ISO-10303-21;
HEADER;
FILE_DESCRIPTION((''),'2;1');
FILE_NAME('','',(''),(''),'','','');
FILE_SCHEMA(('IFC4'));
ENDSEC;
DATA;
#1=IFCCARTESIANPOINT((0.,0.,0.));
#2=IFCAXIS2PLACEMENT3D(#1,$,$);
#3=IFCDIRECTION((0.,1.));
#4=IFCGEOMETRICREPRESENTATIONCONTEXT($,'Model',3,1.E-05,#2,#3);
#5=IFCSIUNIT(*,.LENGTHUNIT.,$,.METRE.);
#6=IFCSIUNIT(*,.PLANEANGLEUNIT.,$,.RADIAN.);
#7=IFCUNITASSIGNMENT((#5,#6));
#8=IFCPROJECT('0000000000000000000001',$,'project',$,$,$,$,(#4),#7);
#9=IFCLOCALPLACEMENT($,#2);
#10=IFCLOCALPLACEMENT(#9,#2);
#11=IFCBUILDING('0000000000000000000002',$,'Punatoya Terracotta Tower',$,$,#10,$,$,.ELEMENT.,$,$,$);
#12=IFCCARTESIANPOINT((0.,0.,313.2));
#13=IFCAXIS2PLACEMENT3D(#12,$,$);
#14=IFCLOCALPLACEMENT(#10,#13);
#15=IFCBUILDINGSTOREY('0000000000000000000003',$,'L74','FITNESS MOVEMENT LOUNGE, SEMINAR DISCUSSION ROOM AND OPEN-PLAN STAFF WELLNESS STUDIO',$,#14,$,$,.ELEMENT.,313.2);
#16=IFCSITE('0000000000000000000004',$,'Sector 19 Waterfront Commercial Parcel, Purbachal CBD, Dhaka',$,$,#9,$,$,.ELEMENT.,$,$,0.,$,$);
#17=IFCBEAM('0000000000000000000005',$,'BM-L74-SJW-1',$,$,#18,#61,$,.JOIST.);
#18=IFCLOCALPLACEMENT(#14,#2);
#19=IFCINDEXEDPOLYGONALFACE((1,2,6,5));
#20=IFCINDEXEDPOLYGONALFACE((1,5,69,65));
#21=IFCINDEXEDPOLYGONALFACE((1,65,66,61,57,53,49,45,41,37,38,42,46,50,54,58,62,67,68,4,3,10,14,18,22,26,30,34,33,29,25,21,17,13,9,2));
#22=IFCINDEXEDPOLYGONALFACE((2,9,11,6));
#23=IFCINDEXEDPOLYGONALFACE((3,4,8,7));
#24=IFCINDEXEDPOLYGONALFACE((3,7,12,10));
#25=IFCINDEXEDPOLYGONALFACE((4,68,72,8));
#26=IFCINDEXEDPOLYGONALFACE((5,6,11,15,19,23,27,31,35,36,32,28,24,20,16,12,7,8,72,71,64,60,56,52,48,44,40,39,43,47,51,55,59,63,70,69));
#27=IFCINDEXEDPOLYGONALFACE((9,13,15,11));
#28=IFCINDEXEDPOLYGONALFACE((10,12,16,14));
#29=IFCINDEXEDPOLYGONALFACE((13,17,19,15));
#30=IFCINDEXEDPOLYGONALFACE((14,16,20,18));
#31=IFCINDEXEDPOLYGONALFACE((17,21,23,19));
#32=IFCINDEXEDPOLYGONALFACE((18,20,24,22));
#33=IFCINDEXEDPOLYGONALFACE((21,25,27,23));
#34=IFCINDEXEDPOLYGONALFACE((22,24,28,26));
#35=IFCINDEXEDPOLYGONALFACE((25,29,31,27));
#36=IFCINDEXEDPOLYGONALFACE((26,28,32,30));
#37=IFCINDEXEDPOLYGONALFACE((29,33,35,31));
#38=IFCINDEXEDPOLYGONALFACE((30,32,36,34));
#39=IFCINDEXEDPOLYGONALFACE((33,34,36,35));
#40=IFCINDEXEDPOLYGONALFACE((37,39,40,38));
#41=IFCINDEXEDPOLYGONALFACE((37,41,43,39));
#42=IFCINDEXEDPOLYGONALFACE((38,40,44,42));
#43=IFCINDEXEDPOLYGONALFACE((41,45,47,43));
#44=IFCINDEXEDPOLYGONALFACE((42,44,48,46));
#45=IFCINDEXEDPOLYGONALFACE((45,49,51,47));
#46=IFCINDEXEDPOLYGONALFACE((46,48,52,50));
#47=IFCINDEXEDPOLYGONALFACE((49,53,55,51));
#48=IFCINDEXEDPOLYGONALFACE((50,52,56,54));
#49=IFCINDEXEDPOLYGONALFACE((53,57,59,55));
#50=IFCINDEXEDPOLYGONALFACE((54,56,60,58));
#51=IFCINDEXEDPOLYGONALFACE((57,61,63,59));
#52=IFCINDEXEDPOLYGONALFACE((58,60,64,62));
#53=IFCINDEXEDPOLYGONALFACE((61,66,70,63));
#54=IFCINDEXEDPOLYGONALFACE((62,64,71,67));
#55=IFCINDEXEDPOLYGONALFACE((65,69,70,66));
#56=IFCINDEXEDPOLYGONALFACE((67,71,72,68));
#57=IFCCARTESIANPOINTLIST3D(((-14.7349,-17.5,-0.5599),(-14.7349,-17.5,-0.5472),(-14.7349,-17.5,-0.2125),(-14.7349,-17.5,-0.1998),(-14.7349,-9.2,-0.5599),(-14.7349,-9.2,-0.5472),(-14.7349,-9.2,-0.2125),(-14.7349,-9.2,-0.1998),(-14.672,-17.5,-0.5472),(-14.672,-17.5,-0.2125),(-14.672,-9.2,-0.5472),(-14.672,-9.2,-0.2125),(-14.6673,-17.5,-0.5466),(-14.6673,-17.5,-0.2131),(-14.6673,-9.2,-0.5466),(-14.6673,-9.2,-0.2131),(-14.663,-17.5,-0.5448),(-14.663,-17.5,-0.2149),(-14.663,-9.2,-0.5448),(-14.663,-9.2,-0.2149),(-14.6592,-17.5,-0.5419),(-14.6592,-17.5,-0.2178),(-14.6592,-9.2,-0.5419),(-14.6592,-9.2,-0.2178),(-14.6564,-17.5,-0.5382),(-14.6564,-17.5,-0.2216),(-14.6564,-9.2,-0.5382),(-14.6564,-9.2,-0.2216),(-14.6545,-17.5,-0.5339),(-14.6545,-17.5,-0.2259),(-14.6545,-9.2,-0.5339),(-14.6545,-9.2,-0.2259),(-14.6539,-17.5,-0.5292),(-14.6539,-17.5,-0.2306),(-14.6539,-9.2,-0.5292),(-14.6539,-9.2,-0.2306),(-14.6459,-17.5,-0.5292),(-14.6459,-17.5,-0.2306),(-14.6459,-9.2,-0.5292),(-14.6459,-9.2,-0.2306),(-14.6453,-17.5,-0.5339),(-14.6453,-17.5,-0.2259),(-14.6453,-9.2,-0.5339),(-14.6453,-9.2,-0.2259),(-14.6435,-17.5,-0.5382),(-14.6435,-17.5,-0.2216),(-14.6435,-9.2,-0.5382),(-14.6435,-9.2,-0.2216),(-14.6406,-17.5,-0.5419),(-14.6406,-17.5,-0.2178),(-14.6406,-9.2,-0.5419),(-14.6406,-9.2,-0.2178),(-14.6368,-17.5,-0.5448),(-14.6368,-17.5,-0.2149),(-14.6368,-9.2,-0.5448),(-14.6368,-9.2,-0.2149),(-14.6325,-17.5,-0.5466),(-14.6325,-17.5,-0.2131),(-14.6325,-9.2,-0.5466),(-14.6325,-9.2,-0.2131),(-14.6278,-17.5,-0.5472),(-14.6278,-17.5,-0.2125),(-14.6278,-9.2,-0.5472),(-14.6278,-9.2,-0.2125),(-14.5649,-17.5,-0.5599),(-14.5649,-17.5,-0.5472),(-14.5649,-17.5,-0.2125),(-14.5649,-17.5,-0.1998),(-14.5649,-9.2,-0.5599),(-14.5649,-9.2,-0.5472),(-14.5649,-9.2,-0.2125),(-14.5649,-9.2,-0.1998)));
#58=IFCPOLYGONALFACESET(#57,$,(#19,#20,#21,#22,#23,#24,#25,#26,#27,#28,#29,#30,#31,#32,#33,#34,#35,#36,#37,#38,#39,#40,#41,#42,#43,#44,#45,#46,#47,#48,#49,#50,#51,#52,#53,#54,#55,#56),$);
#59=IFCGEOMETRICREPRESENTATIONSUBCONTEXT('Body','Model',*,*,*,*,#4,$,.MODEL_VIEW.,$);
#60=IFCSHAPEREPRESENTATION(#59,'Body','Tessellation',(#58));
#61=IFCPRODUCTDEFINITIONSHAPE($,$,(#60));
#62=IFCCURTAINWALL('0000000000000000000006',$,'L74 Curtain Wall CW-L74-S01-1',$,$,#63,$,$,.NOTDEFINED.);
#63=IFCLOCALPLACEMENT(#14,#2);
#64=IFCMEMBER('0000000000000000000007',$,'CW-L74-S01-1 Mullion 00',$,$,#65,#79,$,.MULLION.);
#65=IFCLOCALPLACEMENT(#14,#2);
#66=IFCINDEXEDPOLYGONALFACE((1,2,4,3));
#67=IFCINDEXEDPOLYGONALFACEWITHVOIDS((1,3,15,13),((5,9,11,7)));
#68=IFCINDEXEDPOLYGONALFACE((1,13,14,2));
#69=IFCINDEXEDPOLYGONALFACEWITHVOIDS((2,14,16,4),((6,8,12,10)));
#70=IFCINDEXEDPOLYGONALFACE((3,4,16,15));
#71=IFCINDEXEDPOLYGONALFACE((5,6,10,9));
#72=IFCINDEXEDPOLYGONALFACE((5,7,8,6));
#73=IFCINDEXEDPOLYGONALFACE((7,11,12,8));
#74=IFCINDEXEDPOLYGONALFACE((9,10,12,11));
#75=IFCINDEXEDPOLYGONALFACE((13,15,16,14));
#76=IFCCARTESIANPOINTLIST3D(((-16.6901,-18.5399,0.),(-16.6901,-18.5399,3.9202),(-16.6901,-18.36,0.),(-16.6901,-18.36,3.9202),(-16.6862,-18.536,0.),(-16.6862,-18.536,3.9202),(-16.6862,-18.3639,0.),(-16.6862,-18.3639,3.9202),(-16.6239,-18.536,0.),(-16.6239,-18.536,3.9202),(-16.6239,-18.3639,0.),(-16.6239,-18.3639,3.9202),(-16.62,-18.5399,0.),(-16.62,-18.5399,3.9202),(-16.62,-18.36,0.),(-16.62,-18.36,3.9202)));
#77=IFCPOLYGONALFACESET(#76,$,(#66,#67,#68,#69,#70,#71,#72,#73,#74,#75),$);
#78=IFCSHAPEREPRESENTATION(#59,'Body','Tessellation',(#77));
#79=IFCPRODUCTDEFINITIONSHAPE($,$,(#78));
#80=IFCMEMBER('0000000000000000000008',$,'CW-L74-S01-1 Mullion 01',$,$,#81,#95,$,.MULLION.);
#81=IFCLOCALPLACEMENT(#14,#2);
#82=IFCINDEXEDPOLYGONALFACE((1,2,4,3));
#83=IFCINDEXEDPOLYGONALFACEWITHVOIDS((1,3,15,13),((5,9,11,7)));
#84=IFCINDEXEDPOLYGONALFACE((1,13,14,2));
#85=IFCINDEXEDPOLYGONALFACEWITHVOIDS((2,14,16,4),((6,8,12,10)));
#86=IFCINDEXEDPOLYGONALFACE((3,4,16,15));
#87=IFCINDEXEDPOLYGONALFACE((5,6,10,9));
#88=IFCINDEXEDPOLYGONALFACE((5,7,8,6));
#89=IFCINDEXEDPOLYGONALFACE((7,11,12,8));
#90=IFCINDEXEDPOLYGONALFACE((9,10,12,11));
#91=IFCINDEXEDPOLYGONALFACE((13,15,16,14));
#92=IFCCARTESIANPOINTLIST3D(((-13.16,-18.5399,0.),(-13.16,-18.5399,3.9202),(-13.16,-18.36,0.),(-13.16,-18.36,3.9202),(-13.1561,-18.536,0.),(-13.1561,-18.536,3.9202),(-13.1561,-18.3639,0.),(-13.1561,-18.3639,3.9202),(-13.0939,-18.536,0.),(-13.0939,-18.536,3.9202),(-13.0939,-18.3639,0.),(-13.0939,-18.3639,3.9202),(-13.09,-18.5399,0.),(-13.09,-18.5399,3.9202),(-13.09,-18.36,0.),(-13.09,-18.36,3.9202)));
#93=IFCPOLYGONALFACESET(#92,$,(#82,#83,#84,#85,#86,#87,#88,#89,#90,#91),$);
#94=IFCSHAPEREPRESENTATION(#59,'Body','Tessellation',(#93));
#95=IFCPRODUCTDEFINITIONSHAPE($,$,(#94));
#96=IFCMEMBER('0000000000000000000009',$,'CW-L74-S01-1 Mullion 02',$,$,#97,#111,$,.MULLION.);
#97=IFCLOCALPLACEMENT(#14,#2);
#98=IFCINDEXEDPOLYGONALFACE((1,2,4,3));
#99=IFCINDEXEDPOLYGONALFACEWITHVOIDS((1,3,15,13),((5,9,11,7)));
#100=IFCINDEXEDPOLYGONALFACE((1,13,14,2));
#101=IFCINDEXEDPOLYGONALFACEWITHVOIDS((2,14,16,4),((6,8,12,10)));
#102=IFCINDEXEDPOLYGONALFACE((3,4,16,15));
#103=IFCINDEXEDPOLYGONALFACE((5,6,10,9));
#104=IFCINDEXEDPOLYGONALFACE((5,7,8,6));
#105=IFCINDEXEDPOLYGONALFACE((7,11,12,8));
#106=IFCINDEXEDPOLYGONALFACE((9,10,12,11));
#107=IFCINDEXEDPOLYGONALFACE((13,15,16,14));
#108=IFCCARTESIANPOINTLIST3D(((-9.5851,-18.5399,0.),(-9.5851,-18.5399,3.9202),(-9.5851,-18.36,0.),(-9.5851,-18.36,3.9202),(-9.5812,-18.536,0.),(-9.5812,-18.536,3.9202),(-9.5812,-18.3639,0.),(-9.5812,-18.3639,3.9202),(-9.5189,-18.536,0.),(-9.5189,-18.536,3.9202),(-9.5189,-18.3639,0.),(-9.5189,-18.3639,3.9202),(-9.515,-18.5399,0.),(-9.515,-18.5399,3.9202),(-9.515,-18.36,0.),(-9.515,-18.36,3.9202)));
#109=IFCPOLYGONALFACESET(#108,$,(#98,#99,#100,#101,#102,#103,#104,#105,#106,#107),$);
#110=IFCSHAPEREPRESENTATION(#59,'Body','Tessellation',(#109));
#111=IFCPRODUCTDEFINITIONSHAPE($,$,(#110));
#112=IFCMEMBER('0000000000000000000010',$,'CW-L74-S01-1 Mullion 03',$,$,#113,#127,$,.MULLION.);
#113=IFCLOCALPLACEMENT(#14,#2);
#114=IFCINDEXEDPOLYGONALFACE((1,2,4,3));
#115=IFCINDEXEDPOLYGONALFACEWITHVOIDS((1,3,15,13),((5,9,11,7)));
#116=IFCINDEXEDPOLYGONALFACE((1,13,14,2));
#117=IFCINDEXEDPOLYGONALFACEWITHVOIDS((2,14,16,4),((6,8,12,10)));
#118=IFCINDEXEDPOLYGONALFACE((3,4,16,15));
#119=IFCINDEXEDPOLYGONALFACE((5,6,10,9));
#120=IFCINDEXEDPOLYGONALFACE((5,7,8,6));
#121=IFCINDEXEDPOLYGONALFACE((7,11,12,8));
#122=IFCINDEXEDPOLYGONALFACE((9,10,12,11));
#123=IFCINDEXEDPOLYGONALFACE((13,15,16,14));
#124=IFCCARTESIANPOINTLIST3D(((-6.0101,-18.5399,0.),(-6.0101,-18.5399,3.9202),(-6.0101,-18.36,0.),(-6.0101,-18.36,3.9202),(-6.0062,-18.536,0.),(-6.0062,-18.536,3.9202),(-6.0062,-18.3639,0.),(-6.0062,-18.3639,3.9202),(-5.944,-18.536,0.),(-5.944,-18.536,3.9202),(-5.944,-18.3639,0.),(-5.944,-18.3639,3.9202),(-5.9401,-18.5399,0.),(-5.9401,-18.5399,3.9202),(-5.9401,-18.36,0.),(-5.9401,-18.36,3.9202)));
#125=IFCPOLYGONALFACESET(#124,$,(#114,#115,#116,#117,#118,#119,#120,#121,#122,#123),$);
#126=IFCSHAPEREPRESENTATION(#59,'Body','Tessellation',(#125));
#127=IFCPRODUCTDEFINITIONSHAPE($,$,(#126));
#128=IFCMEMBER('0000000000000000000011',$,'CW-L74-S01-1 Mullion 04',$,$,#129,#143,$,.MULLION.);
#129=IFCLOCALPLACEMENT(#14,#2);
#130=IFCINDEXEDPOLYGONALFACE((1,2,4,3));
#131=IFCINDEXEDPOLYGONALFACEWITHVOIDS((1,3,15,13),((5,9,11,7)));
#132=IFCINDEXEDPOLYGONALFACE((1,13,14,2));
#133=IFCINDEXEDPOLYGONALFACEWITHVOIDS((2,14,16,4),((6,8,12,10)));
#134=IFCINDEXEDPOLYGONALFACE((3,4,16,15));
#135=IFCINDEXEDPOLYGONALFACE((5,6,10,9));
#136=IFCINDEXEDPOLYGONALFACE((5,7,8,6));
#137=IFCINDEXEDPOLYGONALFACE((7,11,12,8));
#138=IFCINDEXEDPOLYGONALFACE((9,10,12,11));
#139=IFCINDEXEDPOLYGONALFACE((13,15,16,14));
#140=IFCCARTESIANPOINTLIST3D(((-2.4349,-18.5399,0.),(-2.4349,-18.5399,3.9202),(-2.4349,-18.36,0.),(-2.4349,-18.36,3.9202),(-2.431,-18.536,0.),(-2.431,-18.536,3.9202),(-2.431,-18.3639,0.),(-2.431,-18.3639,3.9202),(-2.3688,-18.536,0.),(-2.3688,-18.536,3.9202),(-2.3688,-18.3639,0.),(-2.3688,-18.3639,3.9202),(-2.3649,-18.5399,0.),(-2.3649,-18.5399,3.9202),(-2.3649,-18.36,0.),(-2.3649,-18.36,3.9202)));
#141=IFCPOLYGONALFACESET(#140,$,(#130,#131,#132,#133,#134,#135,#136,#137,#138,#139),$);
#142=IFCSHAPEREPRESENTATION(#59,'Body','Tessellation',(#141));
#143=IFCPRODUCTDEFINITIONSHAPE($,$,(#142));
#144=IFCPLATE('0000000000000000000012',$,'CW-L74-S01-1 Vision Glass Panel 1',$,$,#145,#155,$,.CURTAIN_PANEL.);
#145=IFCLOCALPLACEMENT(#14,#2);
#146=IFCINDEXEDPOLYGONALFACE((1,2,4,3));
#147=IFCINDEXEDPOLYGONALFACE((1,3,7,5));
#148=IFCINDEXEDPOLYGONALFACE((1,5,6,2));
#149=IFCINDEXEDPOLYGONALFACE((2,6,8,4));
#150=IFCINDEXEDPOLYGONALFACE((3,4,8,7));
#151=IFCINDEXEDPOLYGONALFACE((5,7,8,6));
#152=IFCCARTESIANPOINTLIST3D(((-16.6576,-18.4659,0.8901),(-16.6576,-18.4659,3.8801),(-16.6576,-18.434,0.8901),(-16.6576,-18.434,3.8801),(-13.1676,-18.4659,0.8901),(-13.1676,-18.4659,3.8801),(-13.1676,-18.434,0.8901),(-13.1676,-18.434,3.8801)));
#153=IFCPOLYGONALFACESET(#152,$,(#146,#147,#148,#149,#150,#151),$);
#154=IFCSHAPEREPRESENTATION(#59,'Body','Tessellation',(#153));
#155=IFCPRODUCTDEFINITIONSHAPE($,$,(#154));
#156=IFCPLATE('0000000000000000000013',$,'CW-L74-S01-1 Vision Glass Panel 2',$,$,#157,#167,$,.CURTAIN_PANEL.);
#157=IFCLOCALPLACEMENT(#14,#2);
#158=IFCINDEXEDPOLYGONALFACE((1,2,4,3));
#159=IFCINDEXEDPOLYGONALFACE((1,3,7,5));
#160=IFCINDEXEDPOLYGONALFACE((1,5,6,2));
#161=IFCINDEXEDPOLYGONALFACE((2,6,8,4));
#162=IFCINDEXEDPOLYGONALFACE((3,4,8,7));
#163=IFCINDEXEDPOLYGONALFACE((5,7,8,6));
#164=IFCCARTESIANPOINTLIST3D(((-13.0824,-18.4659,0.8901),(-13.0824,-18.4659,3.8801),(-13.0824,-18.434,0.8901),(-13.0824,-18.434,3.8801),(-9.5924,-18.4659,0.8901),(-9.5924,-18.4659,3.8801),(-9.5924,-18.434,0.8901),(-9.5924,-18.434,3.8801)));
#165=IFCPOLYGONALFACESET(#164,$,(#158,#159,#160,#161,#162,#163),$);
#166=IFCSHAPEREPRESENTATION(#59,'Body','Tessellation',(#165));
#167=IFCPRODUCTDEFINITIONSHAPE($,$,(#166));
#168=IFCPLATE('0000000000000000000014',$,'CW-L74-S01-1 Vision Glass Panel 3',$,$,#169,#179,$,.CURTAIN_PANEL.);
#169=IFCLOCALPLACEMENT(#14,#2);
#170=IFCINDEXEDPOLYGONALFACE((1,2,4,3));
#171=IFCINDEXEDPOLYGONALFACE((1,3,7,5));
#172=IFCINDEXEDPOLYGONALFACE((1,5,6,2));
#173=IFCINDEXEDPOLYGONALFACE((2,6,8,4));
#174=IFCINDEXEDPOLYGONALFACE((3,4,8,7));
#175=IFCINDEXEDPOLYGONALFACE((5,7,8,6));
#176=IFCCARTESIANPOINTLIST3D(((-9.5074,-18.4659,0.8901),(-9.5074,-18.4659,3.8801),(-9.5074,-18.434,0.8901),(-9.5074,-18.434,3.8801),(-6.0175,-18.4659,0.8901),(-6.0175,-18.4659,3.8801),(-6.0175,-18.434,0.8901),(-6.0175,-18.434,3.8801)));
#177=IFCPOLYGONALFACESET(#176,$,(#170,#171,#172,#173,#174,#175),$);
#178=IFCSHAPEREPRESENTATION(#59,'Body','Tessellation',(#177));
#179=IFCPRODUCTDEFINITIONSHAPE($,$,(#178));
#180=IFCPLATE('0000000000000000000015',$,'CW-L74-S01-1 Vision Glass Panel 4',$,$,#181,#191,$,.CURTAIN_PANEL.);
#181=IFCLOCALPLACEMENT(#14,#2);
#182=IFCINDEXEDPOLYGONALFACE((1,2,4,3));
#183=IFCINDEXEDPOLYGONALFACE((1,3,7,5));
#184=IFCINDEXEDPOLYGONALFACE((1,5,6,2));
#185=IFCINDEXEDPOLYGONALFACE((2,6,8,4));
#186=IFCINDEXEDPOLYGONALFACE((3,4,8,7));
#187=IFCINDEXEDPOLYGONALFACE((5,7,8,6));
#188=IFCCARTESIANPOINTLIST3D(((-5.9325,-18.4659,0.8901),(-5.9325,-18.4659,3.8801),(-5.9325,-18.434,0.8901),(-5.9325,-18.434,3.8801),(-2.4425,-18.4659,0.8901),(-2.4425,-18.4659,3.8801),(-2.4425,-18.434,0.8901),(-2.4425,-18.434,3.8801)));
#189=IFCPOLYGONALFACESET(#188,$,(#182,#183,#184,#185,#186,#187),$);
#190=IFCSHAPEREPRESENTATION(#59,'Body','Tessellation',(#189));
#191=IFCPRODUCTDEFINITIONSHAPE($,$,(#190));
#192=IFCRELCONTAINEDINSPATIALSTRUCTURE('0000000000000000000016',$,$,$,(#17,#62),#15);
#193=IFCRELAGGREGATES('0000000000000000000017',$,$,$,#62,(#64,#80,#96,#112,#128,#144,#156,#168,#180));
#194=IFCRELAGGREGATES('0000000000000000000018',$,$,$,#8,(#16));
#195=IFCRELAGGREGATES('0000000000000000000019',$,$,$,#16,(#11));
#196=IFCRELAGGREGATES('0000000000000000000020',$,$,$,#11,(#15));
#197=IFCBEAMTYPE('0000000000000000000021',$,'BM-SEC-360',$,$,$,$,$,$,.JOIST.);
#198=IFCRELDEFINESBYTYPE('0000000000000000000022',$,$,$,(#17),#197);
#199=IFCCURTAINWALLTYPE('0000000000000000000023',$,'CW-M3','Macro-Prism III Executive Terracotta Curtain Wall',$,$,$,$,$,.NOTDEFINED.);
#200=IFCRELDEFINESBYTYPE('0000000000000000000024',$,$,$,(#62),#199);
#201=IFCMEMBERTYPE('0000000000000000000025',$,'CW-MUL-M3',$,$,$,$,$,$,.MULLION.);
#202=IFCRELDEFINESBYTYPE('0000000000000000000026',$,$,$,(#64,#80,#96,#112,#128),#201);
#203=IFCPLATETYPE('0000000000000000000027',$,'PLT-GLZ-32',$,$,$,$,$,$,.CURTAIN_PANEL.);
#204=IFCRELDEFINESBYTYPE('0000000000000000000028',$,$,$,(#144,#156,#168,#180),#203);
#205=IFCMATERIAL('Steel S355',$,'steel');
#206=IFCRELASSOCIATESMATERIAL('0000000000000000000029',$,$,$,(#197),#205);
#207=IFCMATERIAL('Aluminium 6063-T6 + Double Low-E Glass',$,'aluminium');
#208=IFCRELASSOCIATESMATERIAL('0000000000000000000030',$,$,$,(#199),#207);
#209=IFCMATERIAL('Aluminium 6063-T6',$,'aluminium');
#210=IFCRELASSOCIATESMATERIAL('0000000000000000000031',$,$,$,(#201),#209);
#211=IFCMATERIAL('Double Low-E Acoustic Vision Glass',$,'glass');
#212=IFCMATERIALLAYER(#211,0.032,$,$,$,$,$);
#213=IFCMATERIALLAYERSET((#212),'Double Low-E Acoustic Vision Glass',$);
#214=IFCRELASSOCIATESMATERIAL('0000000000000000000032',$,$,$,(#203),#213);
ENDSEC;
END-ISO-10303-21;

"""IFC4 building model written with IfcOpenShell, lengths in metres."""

from ifc_helpers import new_model, si_unit, direction, frame, origin, origin_2d, place, context, subcontext, project, spatial, rectangle, hollow_rectangle, i_section, extrude, material, layer, layer_set, material_profile, profile_set, type_object, element, aggregate, save


model = new_model("IFC4")

# Units and contexts
model_context = context("Model", 3, precision=1e-05, world=origin(), true_north=direction((0.0, 1.0)))
body_context = subcontext(model_context, "Body", "Model", "MODEL_VIEW")
ifc_project = project(units=[si_unit("LENGTHUNIT", "METRE"), si_unit("PLANEANGLEUNIT", "RADIAN")], contexts=[model_context])

# Site, building, storey
site_placement = place(None, origin())
site = spatial("IfcSite", under=ifc_project, at=site_placement, Name="Sector 19 Waterfront Commercial Parcel, Purbachal CBD, Dhaka", CompositionType="ELEMENT", RefElevation=0.0)
building_placement = place(site_placement, origin())
building = spatial("IfcBuilding", under=site, at=building_placement, Name="Punatoya Terracotta Tower", CompositionType="ELEMENT")
storey_placement = place(building_placement, frame((0.0, 0.0, 313.2)))
storey = spatial("IfcBuildingStorey", under=building, at=storey_placement, Name="L74", Description="FITNESS MOVEMENT LOUNGE, SEMINAR DISCUSSION ROOM AND OPEN-PLAN STAFF WELLNESS STUDIO", CompositionType="ELEMENT", Elevation=313.2)

# Beam
ifc_material_1 = material(Name="Steel S355", Category="steel")
ifc_material_profile_1 = material_profile(ifc_material_1, i_section(OverallWidth=0.1699, OverallDepth=0.3601, WebThickness=0.0081, FlangeThickness=0.0127, FilletRadius=0.0181, at=origin_2d()))
ifc_profile_set_1 = profile_set([ifc_material_profile_1], Name="Steel S355")
beam_type_1 = type_object("IfcBeamType", Name="BM-SEC-360", PredefinedType="JOIST", material=ifc_profile_set_1)
beam_1_placement = place(storey_placement, frame((-14.6499, -17.5, -0.3799), z_axis=(0.0, 1.0, 0.0), x_axis=(-1.0, 0.0, 0.0)))
element("IfcBeam", 1, at=beam_1_placement, inside=storey, type_object=beam_type_1, Name="BM-L74-SJW-1", PredefinedType="JOIST", context=body_context, shape_type="SweptSolid", body=[
    extrude(i_section(OverallWidth=0.1699, OverallDepth=0.3601, WebThickness=0.0081, FlangeThickness=0.0127, FilletRadius=0.0181, at=origin_2d()), origin(), (0.0, 0.0, 1.0), 8.3),
])

# Curtain wall, members, plates
ifc_material_2 = material(Name="Aluminium 6063-T6 + Double Low-E Glass", Category="aluminium")
curtain_wall_type = type_object("IfcCurtainWallType", Name="CW-M3", Description="Macro-Prism III Executive Terracotta Curtain Wall", PredefinedType="NOTDEFINED", material=ifc_material_2)
curtain_wall_placement = place(storey_placement, origin())
curtain_wall = element("IfcCurtainWall", 2, at=curtain_wall_placement, inside=storey, type_object=curtain_wall_type, Name="L74 Curtain Wall CW-L74-S01-1", PredefinedType="NOTDEFINED")
ifc_material_3 = material(Name="Aluminium 6063-T6", Category="aluminium")
ifc_material_profile_2 = material_profile(ifc_material_3, hollow_rectangle(XDim=0.0701, YDim=0.1799, WallThickness=0.0039, at=origin_2d()))
ifc_profile_set_2 = profile_set([ifc_material_profile_2], Name="Aluminium 6063-T6")
member_type = type_object("IfcMemberType", Name="CW-MUL-M3", PredefinedType="MULLION", material=ifc_profile_set_2)
member_1_placement = place(storey_placement, frame((-16.655, -18.45, 0.0), z_axis=(0.0, 0.0, 1.0), x_axis=(1.0, 0.0, 0.0)))
member_1 = element("IfcMember", 3, at=member_1_placement, type_object=member_type, Name="CW-L74-S01-1 Mullion 00", PredefinedType="MULLION", context=body_context, shape_type="SweptSolid", body=[
    extrude(hollow_rectangle(XDim=0.0701, YDim=0.1799, WallThickness=0.0039, at=origin_2d()), origin(), (0.0, 0.0, 1.0), 3.9202),
])
member_2_placement = place(storey_placement, frame((-13.125, -18.45, 0.0), z_axis=(0.0, 0.0, 1.0), x_axis=(1.0, 0.0, 0.0)))
member_2 = element("IfcMember", 4, at=member_2_placement, type_object=member_type, Name="CW-L74-S01-1 Mullion 01", PredefinedType="MULLION", context=body_context, shape_type="SweptSolid", body=[
    extrude(hollow_rectangle(XDim=0.0701, YDim=0.1799, WallThickness=0.0039, at=origin_2d()), origin(), (0.0, 0.0, 1.0), 3.9202),
])
member_3_placement = place(storey_placement, frame((-9.55, -18.45, 0.0), z_axis=(0.0, 0.0, 1.0), x_axis=(1.0, 0.0, 0.0)))
member_3 = element("IfcMember", 5, at=member_3_placement, type_object=member_type, Name="CW-L74-S01-1 Mullion 02", PredefinedType="MULLION", context=body_context, shape_type="SweptSolid", body=[
    extrude(hollow_rectangle(XDim=0.0701, YDim=0.1799, WallThickness=0.0039, at=origin_2d()), origin(), (0.0, 0.0, 1.0), 3.9202),
])
member_4_placement = place(storey_placement, frame((-5.9751, -18.45, 0.0), z_axis=(0.0, 0.0, 1.0), x_axis=(1.0, 0.0, 0.0)))
member_4 = element("IfcMember", 6, at=member_4_placement, type_object=member_type, Name="CW-L74-S01-1 Mullion 03", PredefinedType="MULLION", context=body_context, shape_type="SweptSolid", body=[
    extrude(hollow_rectangle(XDim=0.0701, YDim=0.1799, WallThickness=0.0039, at=origin_2d()), origin(), (0.0, 0.0, 1.0), 3.9202),
])
member_5_placement = place(storey_placement, frame((-2.3999, -18.45, 0.0), z_axis=(0.0, 0.0, 1.0), x_axis=(1.0, 0.0, 0.0)))
member_5 = element("IfcMember", 7, at=member_5_placement, type_object=member_type, Name="CW-L74-S01-1 Mullion 04", PredefinedType="MULLION", context=body_context, shape_type="SweptSolid", body=[
    extrude(hollow_rectangle(XDim=0.0701, YDim=0.1799, WallThickness=0.0039, at=origin_2d()), origin(), (0.0, 0.0, 1.0), 3.9202),
])
ifc_material_4 = material(Name="Double Low-E Acoustic Vision Glass", Category="glass")
ifc_layer_1 = layer(ifc_material_4, 0.032)
ifc_layer_set_1 = layer_set([ifc_layer_1], Name="Double Low-E Acoustic Vision Glass")
plate_type_1 = type_object("IfcPlateType", Name="PLT-GLZ-32", PredefinedType="CURTAIN_PANEL", material=ifc_layer_set_1)
plate_1_placement = place(storey_placement, frame((-14.9126, -18.45, 0.8901), z_axis=(0.0, 0.0, 1.0), x_axis=(1.0, 0.0, 0.0)))
plate_1 = element("IfcPlate", 8, at=plate_1_placement, type_object=plate_type_1, Name="CW-L74-S01-1 Vision Glass Panel 1", PredefinedType="CURTAIN_PANEL", context=body_context, shape_type="SweptSolid", body=[
    extrude(rectangle(XDim=3.49, YDim=0.032, at=origin_2d()), origin(), (0.0, 0.0, 1.0), 2.99),
])
plate_2_placement = place(storey_placement, frame((-11.3374, -18.45, 0.8901), z_axis=(0.0, 0.0, 1.0), x_axis=(1.0, 0.0, 0.0)))
plate_2 = element("IfcPlate", 9, at=plate_2_placement, type_object=plate_type_1, Name="CW-L74-S01-1 Vision Glass Panel 2", PredefinedType="CURTAIN_PANEL", context=body_context, shape_type="SweptSolid", body=[
    extrude(rectangle(XDim=3.49, YDim=0.032, at=origin_2d()), origin(), (0.0, 0.0, 1.0), 2.99),
])
plate_3_placement = place(storey_placement, frame((-7.7625, -18.45, 0.8901), z_axis=(0.0, 0.0, 1.0), x_axis=(1.0, 0.0, 0.0)))
plate_3 = element("IfcPlate", 10, at=plate_3_placement, type_object=plate_type_1, Name="CW-L74-S01-1 Vision Glass Panel 3", PredefinedType="CURTAIN_PANEL", context=body_context, shape_type="SweptSolid", body=[
    extrude(rectangle(XDim=3.49, YDim=0.032, at=origin_2d()), origin(), (0.0, 0.0, 1.0), 2.99),
])
plate_4_placement = place(storey_placement, frame((-4.1875, -18.45, 0.8901), z_axis=(0.0, 0.0, 1.0), x_axis=(1.0, 0.0, 0.0)))
plate_4 = element("IfcPlate", 11, at=plate_4_placement, type_object=plate_type_1, Name="CW-L74-S01-1 Vision Glass Panel 4", PredefinedType="CURTAIN_PANEL", context=body_context, shape_type="SweptSolid", body=[
    extrude(rectangle(XDim=3.49, YDim=0.032, at=origin_2d()), origin(), (0.0, 0.0, 1.0), 2.99),
])
aggregate(curtain_wall, [member_1, member_2, member_3, member_4, member_5, plate_1, plate_2, plate_3, plate_4])

save(model, "model.ifc")
